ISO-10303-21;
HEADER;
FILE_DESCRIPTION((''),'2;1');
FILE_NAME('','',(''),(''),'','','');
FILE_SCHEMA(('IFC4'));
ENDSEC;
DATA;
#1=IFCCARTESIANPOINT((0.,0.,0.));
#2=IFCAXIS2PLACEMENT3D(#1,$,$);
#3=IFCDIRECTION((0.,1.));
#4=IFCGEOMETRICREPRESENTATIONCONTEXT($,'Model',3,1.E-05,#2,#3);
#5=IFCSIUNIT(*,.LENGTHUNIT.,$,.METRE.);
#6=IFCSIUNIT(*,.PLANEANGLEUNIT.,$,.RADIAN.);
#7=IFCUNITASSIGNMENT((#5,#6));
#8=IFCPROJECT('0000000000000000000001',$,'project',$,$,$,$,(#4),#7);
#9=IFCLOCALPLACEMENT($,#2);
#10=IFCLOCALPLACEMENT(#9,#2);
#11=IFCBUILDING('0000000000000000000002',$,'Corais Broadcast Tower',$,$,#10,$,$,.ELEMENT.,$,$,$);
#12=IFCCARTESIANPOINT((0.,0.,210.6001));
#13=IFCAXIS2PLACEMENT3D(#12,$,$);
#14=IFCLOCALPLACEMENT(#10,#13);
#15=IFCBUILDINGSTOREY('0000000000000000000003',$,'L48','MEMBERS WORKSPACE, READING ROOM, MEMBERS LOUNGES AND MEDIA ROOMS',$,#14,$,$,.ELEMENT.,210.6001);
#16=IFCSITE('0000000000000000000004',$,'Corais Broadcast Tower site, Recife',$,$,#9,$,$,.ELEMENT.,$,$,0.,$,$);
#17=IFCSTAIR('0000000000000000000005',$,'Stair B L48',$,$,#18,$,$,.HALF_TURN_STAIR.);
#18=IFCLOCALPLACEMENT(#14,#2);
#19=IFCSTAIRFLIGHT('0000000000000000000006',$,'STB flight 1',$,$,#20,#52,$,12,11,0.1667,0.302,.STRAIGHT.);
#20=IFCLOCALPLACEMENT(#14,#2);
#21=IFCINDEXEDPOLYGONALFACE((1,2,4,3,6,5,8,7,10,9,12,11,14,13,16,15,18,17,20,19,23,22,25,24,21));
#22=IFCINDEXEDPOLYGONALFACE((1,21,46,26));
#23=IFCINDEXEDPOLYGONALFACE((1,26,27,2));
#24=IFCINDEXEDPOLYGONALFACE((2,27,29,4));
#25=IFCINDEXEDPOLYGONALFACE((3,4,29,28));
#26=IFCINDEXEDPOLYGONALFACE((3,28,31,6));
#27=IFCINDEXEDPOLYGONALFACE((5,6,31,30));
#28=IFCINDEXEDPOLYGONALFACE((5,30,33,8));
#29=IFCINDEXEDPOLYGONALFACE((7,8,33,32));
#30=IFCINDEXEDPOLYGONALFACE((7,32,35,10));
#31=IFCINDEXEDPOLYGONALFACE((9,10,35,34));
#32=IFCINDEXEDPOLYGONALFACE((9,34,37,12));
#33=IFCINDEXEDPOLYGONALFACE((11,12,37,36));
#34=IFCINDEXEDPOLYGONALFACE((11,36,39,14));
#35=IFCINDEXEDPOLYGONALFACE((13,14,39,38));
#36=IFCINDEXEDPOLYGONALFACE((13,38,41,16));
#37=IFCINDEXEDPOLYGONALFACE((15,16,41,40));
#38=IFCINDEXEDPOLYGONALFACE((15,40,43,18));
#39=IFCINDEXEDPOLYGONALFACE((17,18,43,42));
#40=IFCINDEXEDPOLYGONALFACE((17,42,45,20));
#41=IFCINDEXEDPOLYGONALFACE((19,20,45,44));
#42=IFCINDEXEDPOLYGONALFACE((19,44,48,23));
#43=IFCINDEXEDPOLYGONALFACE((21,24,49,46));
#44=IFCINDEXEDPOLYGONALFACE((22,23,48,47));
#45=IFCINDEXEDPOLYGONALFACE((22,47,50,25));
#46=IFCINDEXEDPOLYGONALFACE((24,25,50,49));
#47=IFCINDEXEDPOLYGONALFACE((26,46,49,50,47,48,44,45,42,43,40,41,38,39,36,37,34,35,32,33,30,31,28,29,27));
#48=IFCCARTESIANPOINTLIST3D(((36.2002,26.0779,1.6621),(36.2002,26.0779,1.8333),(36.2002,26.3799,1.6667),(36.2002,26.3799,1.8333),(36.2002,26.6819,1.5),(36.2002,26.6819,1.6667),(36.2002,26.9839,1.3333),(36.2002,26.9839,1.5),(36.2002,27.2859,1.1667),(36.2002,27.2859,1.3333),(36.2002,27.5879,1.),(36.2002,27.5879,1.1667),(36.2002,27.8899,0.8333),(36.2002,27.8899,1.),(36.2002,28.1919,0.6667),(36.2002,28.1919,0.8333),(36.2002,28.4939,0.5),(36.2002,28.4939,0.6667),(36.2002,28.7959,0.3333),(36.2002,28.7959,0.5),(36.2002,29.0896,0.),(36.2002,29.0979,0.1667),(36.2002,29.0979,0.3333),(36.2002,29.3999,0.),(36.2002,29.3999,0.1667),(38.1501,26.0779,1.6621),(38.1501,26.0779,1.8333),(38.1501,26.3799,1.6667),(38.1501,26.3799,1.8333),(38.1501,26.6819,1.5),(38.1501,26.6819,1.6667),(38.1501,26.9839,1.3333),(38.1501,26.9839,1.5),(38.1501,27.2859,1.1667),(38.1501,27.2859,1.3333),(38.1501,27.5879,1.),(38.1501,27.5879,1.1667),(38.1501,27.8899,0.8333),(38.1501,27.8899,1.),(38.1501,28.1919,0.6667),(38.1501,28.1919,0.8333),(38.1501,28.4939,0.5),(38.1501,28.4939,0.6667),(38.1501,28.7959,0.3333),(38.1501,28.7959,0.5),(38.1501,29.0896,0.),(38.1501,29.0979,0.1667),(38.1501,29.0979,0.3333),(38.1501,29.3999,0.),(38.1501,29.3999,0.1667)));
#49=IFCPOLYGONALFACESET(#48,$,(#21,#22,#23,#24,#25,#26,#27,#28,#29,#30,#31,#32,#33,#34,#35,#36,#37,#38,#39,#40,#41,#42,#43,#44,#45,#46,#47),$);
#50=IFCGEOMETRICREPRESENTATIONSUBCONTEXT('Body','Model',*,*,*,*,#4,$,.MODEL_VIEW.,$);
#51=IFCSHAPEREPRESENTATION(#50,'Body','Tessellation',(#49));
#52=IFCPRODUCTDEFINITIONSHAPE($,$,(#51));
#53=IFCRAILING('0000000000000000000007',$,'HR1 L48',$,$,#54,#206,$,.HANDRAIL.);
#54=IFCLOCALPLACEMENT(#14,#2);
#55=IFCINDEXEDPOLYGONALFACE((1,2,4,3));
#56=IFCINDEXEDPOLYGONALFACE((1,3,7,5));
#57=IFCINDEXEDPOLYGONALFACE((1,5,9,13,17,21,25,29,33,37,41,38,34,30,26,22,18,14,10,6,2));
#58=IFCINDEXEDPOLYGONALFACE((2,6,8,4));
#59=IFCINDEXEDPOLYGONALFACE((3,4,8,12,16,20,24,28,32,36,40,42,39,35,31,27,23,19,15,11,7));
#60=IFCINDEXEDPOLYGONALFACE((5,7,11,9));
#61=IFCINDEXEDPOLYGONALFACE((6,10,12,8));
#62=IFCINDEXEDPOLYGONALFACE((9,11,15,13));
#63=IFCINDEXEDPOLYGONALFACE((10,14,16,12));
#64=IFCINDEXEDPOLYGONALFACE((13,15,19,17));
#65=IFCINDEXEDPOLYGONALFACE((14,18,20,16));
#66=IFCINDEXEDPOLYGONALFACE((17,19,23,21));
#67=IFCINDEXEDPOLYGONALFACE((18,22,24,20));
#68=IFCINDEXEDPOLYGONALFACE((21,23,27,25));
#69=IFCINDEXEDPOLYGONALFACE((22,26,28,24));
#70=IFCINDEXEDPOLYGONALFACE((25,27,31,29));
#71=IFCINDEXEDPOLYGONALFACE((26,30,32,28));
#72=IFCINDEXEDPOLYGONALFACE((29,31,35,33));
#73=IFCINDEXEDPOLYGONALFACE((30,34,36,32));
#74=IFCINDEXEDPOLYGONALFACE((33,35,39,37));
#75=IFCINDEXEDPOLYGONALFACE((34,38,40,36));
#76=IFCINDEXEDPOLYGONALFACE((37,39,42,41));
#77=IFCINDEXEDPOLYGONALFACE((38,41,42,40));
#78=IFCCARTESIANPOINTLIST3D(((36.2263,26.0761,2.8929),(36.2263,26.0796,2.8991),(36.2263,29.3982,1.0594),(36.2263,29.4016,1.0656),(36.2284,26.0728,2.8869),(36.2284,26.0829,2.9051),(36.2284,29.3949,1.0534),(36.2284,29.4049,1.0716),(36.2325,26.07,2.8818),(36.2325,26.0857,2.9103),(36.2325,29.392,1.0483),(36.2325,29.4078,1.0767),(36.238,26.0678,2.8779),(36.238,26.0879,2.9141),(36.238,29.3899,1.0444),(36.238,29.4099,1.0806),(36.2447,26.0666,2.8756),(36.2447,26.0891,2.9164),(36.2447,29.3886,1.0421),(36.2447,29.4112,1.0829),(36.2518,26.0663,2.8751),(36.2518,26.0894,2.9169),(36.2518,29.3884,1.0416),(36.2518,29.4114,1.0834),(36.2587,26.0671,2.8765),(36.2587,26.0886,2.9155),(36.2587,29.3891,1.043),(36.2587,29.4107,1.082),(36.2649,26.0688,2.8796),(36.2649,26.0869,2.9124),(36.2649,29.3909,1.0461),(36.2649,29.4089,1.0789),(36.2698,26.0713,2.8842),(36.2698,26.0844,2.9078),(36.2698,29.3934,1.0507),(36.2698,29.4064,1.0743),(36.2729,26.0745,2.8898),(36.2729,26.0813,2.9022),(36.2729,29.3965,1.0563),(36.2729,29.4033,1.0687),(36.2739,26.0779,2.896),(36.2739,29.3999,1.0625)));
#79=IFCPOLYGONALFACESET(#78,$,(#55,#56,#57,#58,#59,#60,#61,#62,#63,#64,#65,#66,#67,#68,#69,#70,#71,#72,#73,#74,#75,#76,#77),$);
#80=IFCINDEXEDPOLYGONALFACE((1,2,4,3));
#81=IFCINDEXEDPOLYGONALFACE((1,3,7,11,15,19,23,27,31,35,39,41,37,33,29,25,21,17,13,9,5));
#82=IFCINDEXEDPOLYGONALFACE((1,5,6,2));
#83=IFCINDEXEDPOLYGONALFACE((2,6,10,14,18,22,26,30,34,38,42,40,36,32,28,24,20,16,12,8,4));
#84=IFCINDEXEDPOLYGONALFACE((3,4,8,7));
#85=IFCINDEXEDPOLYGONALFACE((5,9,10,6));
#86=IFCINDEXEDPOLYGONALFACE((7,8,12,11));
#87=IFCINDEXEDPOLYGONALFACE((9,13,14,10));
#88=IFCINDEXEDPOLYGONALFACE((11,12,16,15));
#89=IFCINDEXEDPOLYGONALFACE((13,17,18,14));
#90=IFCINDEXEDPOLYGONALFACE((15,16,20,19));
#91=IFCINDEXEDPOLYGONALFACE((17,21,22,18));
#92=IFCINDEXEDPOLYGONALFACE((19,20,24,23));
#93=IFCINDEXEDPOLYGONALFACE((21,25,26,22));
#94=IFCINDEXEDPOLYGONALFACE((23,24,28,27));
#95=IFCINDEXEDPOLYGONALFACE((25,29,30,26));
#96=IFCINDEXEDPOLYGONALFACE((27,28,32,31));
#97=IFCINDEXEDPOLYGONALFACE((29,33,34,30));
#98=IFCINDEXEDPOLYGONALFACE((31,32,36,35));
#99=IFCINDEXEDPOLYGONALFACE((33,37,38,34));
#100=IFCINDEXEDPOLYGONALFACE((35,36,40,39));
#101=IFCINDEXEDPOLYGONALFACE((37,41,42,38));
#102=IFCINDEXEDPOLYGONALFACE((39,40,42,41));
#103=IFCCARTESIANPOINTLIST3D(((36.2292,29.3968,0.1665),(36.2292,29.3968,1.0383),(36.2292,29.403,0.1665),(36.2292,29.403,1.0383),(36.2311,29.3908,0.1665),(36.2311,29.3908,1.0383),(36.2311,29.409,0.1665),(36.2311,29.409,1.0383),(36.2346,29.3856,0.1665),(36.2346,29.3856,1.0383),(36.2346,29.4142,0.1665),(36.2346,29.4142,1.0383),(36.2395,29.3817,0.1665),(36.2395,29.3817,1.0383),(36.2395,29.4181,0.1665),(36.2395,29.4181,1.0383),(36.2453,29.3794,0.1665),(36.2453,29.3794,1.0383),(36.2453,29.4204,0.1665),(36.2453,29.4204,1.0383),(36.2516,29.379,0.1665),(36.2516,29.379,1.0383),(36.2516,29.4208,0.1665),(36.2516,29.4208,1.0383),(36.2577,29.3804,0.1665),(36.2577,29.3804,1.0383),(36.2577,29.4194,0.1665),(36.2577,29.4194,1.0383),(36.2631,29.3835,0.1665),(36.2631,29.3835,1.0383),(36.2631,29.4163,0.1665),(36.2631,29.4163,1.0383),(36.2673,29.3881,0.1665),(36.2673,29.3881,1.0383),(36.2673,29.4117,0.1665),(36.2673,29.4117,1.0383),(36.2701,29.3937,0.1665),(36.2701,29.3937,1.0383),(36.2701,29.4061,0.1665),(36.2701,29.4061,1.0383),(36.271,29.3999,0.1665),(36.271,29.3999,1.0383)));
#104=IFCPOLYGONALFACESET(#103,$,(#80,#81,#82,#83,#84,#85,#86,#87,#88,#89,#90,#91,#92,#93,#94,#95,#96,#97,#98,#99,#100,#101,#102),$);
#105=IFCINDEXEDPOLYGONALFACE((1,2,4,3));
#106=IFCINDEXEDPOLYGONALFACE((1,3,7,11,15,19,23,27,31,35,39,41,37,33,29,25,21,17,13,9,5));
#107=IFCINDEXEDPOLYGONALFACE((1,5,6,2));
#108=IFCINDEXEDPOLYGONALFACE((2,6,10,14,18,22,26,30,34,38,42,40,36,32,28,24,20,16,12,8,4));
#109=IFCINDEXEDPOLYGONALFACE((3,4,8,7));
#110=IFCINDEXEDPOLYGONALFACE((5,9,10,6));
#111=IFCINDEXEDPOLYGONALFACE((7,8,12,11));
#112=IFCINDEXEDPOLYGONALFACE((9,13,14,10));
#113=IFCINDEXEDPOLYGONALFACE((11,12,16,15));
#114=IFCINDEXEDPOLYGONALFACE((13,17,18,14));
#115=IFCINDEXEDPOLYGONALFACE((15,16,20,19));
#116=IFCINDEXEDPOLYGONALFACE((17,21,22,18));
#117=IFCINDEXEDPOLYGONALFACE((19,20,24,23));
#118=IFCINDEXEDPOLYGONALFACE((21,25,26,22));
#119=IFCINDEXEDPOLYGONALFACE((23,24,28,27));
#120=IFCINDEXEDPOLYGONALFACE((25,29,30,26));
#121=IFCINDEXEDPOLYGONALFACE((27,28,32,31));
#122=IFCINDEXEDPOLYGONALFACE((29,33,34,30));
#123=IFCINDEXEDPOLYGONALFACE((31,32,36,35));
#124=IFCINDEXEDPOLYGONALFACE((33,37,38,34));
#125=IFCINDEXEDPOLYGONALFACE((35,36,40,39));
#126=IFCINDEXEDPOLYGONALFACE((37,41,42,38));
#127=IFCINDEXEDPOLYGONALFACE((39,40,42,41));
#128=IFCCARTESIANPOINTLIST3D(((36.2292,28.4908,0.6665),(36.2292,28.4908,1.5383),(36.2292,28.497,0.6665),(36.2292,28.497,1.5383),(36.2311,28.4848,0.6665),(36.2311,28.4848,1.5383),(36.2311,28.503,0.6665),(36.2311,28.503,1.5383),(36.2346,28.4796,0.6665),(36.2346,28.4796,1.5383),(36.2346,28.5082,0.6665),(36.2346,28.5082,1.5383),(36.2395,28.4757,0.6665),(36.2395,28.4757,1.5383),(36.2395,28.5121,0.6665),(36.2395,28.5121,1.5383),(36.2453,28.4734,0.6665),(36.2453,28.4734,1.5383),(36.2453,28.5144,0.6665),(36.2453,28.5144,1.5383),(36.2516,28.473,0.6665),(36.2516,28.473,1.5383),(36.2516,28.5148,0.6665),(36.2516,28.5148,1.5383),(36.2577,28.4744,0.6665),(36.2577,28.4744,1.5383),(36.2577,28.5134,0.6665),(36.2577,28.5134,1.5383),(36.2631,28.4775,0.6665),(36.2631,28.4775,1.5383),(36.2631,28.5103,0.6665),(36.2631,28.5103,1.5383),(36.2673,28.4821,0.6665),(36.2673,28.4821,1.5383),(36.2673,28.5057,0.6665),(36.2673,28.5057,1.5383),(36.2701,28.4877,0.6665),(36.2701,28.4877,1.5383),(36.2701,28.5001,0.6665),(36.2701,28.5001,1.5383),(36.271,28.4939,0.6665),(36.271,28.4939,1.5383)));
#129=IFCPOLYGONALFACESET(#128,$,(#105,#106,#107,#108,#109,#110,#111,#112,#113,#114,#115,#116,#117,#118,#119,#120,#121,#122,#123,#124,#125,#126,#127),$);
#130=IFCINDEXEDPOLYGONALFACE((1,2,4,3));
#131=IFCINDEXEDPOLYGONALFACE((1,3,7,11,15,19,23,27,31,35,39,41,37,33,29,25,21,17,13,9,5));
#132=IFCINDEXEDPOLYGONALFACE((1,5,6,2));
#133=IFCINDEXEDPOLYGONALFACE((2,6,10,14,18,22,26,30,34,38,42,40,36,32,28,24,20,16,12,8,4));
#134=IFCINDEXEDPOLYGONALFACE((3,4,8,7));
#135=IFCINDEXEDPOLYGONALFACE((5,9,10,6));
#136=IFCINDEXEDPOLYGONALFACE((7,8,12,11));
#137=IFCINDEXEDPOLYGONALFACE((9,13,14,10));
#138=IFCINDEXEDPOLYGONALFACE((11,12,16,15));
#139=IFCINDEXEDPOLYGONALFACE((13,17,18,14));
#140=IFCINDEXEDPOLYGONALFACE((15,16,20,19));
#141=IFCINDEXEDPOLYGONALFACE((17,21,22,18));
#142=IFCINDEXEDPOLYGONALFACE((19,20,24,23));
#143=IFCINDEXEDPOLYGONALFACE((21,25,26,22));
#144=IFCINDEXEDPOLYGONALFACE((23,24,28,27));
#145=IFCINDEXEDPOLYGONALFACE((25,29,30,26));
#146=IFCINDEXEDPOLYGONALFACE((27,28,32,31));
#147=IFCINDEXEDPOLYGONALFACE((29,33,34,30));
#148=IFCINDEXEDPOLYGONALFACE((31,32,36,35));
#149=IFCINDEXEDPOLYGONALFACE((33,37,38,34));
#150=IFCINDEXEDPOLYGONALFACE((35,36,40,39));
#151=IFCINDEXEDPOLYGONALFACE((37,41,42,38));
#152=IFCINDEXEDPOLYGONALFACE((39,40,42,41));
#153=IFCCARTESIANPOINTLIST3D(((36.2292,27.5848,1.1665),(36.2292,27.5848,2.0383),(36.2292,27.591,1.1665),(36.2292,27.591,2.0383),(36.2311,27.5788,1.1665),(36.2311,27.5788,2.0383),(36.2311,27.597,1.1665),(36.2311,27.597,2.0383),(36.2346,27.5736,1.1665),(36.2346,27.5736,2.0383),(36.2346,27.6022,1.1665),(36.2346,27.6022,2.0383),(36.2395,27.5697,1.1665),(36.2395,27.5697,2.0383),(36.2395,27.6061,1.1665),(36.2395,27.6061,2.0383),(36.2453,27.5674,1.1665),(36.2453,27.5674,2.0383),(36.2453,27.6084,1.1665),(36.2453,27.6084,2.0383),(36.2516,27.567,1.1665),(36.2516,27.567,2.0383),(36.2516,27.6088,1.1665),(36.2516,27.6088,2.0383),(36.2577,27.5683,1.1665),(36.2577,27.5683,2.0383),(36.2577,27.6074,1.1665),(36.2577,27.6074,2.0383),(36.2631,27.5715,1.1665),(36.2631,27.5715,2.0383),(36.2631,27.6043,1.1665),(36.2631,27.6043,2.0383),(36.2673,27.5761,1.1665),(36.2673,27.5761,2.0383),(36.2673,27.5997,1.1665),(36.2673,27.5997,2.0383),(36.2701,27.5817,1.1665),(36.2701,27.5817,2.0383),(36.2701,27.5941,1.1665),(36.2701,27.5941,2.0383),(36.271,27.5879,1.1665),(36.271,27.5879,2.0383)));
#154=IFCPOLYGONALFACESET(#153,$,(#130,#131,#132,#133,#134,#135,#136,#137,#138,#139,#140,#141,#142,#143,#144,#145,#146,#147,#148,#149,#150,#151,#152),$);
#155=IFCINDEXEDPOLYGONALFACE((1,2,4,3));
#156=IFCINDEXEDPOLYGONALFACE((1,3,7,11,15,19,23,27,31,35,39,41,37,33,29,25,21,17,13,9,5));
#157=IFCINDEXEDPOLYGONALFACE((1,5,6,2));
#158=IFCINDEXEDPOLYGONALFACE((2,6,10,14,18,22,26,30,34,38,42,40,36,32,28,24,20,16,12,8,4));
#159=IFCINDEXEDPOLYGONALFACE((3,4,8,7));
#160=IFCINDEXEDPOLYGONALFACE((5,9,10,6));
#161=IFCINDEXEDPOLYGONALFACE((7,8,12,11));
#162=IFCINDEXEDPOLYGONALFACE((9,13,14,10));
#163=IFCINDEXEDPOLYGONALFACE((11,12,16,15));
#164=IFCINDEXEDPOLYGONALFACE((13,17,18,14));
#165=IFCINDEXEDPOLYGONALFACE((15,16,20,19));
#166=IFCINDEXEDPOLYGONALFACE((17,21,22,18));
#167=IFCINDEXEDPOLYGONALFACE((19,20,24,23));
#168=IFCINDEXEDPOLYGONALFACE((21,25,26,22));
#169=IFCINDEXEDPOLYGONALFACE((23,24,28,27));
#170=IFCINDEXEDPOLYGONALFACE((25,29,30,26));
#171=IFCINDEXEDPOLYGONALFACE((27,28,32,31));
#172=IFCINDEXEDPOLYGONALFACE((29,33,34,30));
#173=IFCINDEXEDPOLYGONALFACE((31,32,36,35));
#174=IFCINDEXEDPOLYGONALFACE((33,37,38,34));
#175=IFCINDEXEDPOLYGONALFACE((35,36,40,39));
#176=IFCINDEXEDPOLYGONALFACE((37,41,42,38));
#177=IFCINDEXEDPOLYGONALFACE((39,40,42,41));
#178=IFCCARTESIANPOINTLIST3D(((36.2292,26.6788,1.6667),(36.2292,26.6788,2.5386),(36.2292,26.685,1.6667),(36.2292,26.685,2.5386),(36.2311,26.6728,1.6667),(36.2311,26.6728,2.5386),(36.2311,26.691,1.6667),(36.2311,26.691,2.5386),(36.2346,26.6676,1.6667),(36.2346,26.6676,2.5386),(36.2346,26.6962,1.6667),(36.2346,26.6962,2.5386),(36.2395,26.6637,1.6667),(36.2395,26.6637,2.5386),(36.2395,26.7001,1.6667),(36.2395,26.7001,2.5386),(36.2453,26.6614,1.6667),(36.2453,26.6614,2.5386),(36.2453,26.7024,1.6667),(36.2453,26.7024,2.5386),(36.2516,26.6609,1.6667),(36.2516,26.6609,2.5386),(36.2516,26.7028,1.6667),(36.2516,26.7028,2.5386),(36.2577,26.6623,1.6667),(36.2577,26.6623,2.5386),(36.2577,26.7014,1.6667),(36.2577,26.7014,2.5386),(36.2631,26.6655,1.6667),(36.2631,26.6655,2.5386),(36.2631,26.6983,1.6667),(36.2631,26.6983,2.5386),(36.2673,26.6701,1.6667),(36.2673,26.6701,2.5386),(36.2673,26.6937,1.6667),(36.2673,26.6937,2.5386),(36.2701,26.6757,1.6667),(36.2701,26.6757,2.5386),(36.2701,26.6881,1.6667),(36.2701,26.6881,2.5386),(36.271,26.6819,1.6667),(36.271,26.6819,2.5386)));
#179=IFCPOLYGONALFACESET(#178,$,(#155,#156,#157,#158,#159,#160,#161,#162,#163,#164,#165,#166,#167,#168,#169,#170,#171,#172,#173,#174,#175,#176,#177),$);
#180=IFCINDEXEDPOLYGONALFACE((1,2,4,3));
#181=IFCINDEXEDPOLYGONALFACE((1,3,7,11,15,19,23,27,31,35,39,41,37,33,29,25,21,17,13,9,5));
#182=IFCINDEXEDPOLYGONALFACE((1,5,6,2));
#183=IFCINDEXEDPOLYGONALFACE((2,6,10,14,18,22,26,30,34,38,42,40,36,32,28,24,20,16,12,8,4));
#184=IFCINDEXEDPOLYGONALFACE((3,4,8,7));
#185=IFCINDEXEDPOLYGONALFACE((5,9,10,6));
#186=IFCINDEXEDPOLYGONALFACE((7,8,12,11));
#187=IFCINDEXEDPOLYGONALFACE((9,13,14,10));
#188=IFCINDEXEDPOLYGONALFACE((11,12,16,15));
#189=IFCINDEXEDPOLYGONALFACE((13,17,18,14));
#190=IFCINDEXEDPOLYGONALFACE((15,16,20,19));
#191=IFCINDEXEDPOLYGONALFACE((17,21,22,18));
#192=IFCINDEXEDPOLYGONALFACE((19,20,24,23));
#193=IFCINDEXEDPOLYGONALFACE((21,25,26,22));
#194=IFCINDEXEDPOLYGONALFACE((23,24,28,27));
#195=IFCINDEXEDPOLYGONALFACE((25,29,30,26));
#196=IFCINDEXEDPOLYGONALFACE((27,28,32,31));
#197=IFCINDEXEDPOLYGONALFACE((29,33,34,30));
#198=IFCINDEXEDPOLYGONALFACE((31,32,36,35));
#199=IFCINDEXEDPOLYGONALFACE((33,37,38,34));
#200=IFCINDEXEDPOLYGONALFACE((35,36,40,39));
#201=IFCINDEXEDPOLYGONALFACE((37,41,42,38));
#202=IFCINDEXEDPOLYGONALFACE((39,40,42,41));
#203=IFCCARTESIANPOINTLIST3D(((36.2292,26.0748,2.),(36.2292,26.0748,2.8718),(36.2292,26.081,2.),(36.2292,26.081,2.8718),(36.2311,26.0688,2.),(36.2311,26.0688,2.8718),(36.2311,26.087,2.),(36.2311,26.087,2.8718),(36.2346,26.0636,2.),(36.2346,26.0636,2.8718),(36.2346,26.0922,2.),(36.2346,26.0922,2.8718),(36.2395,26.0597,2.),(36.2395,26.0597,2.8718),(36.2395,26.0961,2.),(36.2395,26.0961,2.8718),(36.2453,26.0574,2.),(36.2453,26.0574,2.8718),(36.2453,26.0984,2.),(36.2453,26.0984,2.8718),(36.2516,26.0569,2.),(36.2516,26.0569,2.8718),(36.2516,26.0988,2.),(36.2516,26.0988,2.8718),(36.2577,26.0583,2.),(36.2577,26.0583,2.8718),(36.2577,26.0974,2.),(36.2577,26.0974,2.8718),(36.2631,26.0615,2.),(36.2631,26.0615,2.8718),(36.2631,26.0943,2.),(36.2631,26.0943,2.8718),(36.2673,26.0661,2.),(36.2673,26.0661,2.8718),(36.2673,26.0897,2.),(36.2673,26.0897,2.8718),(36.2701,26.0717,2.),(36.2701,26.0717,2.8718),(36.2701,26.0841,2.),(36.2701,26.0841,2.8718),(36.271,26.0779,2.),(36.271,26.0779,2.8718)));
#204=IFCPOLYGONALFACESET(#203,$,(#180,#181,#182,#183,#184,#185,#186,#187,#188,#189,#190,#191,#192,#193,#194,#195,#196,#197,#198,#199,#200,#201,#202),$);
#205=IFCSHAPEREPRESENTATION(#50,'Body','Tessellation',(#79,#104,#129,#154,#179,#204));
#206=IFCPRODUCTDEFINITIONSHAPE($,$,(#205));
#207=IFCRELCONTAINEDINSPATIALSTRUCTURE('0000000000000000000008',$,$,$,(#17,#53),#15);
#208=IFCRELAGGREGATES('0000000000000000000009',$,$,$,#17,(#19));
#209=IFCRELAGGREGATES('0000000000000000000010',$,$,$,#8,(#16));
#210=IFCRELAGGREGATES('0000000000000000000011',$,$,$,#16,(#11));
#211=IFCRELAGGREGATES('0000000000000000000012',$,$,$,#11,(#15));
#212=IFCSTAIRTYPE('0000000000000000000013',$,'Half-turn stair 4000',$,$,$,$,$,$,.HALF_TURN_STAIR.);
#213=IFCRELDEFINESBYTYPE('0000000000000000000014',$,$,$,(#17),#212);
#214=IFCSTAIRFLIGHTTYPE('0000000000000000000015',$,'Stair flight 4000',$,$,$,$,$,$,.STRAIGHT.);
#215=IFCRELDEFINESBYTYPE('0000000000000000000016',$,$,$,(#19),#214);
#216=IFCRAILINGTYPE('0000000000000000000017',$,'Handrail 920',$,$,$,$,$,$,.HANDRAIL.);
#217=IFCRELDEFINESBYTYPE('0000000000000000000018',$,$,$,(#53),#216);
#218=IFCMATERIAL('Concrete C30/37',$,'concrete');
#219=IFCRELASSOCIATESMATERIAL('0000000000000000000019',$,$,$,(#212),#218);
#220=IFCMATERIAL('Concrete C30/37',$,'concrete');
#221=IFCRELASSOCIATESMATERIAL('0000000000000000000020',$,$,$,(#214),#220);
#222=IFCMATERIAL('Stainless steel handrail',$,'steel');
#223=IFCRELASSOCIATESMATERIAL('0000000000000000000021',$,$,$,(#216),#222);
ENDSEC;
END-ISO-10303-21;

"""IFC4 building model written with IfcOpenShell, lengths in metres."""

from ifc_helpers import new_model, si_unit, direction, frame, origin, origin_2d, place, context, subcontext, project, spatial, polyline, circle, outline, extrude, material, type_object, element, aggregate, save


model = new_model("IFC4")

# Units and contexts
model_context = context("Model", 3, precision=1e-05, world=origin(), true_north=direction((0.0, 1.0)))
body_context = subcontext(model_context, "Body", "Model", "MODEL_VIEW")
ifc_project = project(units=[si_unit("LENGTHUNIT", "METRE"), si_unit("PLANEANGLEUNIT", "RADIAN")], contexts=[model_context])

# Site, building, storey
site_placement = place(None, origin())
site = spatial("IfcSite", under=ifc_project, at=site_placement, Name="Corais Broadcast Tower site, Recife", CompositionType="ELEMENT", RefElevation=0.0)
building_placement = place(site_placement, origin())
building = spatial("IfcBuilding", under=site, at=building_placement, Name="Corais Broadcast Tower", CompositionType="ELEMENT")
storey_placement = place(building_placement, frame((0.0, 0.0, 210.6001)))
storey = spatial("IfcBuildingStorey", under=building, at=storey_placement, Name="L48", Description="MEMBERS WORKSPACE, READING ROOM, MEMBERS LOUNGES AND MEDIA ROOMS", CompositionType="ELEMENT", Elevation=210.6001)

# Stair, stair flight
ifc_material_1 = material(Name="Concrete C30/37", Category="concrete")
stair_type = type_object("IfcStairType", Name="Half-turn stair 4000", PredefinedType="HALF_TURN_STAIR", material=ifc_material_1)
stair_placement = place(storey_placement, origin())
stair = element("IfcStair", 1, at=stair_placement, inside=storey, type_object=stair_type, Name="Stair B L48", PredefinedType="HALF_TURN_STAIR")
ifc_material_2 = material(Name="Concrete C30/37", Category="concrete")
stair_flight_type = type_object("IfcStairFlightType", Name="Stair flight 4000", PredefinedType="STRAIGHT", material=ifc_material_2)
stair_flight_placement = place(storey_placement, frame((37.175, 29.3999, 0.0), z_axis=(0.0, 0.0, 1.0), x_axis=(0.0, -1.0, 0.0)))
stair_flight = element("IfcStairFlight", 2, at=stair_flight_placement, type_object=stair_flight_type, Name="STB flight 1", NumberOfRisers=12, NumberOfTreads=11, PredefinedType="STRAIGHT", RiserHeight=0.1667, TreadLength=0.302, context=body_context, shape_type="SweptSolid", body=[
    extrude(outline(polyline([(0.0, 0.0), (0.0, 0.1667), (0.302, 0.1667), (0.302, 0.3333), (0.604, 0.3333), (0.604, 0.5), (0.906, 0.5), (0.906, 0.6667), (1.208, 0.6667), (1.208, 0.8333), (1.51, 0.8333), (1.51, 1.0), (1.812, 1.0), (1.812, 1.1667), (2.114, 1.1667), (2.114, 1.3333), (2.416, 1.3333), (2.416, 1.5), (2.718, 1.5), (2.718, 1.6667), (3.02, 1.6667), (3.02, 1.8333), (3.322, 1.8333), (3.322, 2.0), (3.322, 1.6621), (0.3103, 0.0), (0.0, 0.0)])), frame((0.0, 0.9751, 0.0), z_axis=(0.0, -1.0, 0.0), x_axis=(1.0, 0.0, 0.0)), (0.0, 0.0, 1.0), 1.95),
])
aggregate(stair, [stair_flight])

# Railing
ifc_material_3 = material(Name="Stainless steel handrail", Category="steel")
railing_type = type_object("IfcRailingType", Name="Handrail 920", PredefinedType="HANDRAIL", material=ifc_material_3)
for number, where, name in (
    (3, (36.25, 29.3999, 0.1665), "HR1 L48"),
):
    element("IfcRailing", number, at=place(storey_placement, frame(where)), inside=storey, type_object=railing_type, Name=name, PredefinedType="HANDRAIL", context=body_context, shape_type="SweptSolid", body=[
        extrude(circle(Radius=0.0239, at=origin_2d()), frame((0.0, 0.0, 0.896), z_axis=(0.0, -0.875504, 0.48321), x_axis=(1.0, 0.0, 0.0)), (0.0, 0.0, 1.0), 3.7944),
        extrude(circle(Radius=0.021, at=origin_2d()), origin(), (0.0, 0.0, 1.0), 0.8718),
        extrude(circle(Radius=0.021, at=origin_2d()), frame((0.0, -0.906, 0.5)), (0.0, 0.0, 1.0), 0.8718),
        extrude(circle(Radius=0.021, at=origin_2d()), frame((0.0, -1.812, 1.0)), (0.0, 0.0, 1.0), 0.8718),
        extrude(circle(Radius=0.021, at=origin_2d()), frame((0.0, -2.718, 1.5002)), (0.0, 0.0, 1.0), 0.8718),
        extrude(circle(Radius=0.021, at=origin_2d()), frame((0.0, -3.322, 1.8335)), (0.0, 0.0, 1.0), 0.8718),
    ])

save(model, "model.ifc")
